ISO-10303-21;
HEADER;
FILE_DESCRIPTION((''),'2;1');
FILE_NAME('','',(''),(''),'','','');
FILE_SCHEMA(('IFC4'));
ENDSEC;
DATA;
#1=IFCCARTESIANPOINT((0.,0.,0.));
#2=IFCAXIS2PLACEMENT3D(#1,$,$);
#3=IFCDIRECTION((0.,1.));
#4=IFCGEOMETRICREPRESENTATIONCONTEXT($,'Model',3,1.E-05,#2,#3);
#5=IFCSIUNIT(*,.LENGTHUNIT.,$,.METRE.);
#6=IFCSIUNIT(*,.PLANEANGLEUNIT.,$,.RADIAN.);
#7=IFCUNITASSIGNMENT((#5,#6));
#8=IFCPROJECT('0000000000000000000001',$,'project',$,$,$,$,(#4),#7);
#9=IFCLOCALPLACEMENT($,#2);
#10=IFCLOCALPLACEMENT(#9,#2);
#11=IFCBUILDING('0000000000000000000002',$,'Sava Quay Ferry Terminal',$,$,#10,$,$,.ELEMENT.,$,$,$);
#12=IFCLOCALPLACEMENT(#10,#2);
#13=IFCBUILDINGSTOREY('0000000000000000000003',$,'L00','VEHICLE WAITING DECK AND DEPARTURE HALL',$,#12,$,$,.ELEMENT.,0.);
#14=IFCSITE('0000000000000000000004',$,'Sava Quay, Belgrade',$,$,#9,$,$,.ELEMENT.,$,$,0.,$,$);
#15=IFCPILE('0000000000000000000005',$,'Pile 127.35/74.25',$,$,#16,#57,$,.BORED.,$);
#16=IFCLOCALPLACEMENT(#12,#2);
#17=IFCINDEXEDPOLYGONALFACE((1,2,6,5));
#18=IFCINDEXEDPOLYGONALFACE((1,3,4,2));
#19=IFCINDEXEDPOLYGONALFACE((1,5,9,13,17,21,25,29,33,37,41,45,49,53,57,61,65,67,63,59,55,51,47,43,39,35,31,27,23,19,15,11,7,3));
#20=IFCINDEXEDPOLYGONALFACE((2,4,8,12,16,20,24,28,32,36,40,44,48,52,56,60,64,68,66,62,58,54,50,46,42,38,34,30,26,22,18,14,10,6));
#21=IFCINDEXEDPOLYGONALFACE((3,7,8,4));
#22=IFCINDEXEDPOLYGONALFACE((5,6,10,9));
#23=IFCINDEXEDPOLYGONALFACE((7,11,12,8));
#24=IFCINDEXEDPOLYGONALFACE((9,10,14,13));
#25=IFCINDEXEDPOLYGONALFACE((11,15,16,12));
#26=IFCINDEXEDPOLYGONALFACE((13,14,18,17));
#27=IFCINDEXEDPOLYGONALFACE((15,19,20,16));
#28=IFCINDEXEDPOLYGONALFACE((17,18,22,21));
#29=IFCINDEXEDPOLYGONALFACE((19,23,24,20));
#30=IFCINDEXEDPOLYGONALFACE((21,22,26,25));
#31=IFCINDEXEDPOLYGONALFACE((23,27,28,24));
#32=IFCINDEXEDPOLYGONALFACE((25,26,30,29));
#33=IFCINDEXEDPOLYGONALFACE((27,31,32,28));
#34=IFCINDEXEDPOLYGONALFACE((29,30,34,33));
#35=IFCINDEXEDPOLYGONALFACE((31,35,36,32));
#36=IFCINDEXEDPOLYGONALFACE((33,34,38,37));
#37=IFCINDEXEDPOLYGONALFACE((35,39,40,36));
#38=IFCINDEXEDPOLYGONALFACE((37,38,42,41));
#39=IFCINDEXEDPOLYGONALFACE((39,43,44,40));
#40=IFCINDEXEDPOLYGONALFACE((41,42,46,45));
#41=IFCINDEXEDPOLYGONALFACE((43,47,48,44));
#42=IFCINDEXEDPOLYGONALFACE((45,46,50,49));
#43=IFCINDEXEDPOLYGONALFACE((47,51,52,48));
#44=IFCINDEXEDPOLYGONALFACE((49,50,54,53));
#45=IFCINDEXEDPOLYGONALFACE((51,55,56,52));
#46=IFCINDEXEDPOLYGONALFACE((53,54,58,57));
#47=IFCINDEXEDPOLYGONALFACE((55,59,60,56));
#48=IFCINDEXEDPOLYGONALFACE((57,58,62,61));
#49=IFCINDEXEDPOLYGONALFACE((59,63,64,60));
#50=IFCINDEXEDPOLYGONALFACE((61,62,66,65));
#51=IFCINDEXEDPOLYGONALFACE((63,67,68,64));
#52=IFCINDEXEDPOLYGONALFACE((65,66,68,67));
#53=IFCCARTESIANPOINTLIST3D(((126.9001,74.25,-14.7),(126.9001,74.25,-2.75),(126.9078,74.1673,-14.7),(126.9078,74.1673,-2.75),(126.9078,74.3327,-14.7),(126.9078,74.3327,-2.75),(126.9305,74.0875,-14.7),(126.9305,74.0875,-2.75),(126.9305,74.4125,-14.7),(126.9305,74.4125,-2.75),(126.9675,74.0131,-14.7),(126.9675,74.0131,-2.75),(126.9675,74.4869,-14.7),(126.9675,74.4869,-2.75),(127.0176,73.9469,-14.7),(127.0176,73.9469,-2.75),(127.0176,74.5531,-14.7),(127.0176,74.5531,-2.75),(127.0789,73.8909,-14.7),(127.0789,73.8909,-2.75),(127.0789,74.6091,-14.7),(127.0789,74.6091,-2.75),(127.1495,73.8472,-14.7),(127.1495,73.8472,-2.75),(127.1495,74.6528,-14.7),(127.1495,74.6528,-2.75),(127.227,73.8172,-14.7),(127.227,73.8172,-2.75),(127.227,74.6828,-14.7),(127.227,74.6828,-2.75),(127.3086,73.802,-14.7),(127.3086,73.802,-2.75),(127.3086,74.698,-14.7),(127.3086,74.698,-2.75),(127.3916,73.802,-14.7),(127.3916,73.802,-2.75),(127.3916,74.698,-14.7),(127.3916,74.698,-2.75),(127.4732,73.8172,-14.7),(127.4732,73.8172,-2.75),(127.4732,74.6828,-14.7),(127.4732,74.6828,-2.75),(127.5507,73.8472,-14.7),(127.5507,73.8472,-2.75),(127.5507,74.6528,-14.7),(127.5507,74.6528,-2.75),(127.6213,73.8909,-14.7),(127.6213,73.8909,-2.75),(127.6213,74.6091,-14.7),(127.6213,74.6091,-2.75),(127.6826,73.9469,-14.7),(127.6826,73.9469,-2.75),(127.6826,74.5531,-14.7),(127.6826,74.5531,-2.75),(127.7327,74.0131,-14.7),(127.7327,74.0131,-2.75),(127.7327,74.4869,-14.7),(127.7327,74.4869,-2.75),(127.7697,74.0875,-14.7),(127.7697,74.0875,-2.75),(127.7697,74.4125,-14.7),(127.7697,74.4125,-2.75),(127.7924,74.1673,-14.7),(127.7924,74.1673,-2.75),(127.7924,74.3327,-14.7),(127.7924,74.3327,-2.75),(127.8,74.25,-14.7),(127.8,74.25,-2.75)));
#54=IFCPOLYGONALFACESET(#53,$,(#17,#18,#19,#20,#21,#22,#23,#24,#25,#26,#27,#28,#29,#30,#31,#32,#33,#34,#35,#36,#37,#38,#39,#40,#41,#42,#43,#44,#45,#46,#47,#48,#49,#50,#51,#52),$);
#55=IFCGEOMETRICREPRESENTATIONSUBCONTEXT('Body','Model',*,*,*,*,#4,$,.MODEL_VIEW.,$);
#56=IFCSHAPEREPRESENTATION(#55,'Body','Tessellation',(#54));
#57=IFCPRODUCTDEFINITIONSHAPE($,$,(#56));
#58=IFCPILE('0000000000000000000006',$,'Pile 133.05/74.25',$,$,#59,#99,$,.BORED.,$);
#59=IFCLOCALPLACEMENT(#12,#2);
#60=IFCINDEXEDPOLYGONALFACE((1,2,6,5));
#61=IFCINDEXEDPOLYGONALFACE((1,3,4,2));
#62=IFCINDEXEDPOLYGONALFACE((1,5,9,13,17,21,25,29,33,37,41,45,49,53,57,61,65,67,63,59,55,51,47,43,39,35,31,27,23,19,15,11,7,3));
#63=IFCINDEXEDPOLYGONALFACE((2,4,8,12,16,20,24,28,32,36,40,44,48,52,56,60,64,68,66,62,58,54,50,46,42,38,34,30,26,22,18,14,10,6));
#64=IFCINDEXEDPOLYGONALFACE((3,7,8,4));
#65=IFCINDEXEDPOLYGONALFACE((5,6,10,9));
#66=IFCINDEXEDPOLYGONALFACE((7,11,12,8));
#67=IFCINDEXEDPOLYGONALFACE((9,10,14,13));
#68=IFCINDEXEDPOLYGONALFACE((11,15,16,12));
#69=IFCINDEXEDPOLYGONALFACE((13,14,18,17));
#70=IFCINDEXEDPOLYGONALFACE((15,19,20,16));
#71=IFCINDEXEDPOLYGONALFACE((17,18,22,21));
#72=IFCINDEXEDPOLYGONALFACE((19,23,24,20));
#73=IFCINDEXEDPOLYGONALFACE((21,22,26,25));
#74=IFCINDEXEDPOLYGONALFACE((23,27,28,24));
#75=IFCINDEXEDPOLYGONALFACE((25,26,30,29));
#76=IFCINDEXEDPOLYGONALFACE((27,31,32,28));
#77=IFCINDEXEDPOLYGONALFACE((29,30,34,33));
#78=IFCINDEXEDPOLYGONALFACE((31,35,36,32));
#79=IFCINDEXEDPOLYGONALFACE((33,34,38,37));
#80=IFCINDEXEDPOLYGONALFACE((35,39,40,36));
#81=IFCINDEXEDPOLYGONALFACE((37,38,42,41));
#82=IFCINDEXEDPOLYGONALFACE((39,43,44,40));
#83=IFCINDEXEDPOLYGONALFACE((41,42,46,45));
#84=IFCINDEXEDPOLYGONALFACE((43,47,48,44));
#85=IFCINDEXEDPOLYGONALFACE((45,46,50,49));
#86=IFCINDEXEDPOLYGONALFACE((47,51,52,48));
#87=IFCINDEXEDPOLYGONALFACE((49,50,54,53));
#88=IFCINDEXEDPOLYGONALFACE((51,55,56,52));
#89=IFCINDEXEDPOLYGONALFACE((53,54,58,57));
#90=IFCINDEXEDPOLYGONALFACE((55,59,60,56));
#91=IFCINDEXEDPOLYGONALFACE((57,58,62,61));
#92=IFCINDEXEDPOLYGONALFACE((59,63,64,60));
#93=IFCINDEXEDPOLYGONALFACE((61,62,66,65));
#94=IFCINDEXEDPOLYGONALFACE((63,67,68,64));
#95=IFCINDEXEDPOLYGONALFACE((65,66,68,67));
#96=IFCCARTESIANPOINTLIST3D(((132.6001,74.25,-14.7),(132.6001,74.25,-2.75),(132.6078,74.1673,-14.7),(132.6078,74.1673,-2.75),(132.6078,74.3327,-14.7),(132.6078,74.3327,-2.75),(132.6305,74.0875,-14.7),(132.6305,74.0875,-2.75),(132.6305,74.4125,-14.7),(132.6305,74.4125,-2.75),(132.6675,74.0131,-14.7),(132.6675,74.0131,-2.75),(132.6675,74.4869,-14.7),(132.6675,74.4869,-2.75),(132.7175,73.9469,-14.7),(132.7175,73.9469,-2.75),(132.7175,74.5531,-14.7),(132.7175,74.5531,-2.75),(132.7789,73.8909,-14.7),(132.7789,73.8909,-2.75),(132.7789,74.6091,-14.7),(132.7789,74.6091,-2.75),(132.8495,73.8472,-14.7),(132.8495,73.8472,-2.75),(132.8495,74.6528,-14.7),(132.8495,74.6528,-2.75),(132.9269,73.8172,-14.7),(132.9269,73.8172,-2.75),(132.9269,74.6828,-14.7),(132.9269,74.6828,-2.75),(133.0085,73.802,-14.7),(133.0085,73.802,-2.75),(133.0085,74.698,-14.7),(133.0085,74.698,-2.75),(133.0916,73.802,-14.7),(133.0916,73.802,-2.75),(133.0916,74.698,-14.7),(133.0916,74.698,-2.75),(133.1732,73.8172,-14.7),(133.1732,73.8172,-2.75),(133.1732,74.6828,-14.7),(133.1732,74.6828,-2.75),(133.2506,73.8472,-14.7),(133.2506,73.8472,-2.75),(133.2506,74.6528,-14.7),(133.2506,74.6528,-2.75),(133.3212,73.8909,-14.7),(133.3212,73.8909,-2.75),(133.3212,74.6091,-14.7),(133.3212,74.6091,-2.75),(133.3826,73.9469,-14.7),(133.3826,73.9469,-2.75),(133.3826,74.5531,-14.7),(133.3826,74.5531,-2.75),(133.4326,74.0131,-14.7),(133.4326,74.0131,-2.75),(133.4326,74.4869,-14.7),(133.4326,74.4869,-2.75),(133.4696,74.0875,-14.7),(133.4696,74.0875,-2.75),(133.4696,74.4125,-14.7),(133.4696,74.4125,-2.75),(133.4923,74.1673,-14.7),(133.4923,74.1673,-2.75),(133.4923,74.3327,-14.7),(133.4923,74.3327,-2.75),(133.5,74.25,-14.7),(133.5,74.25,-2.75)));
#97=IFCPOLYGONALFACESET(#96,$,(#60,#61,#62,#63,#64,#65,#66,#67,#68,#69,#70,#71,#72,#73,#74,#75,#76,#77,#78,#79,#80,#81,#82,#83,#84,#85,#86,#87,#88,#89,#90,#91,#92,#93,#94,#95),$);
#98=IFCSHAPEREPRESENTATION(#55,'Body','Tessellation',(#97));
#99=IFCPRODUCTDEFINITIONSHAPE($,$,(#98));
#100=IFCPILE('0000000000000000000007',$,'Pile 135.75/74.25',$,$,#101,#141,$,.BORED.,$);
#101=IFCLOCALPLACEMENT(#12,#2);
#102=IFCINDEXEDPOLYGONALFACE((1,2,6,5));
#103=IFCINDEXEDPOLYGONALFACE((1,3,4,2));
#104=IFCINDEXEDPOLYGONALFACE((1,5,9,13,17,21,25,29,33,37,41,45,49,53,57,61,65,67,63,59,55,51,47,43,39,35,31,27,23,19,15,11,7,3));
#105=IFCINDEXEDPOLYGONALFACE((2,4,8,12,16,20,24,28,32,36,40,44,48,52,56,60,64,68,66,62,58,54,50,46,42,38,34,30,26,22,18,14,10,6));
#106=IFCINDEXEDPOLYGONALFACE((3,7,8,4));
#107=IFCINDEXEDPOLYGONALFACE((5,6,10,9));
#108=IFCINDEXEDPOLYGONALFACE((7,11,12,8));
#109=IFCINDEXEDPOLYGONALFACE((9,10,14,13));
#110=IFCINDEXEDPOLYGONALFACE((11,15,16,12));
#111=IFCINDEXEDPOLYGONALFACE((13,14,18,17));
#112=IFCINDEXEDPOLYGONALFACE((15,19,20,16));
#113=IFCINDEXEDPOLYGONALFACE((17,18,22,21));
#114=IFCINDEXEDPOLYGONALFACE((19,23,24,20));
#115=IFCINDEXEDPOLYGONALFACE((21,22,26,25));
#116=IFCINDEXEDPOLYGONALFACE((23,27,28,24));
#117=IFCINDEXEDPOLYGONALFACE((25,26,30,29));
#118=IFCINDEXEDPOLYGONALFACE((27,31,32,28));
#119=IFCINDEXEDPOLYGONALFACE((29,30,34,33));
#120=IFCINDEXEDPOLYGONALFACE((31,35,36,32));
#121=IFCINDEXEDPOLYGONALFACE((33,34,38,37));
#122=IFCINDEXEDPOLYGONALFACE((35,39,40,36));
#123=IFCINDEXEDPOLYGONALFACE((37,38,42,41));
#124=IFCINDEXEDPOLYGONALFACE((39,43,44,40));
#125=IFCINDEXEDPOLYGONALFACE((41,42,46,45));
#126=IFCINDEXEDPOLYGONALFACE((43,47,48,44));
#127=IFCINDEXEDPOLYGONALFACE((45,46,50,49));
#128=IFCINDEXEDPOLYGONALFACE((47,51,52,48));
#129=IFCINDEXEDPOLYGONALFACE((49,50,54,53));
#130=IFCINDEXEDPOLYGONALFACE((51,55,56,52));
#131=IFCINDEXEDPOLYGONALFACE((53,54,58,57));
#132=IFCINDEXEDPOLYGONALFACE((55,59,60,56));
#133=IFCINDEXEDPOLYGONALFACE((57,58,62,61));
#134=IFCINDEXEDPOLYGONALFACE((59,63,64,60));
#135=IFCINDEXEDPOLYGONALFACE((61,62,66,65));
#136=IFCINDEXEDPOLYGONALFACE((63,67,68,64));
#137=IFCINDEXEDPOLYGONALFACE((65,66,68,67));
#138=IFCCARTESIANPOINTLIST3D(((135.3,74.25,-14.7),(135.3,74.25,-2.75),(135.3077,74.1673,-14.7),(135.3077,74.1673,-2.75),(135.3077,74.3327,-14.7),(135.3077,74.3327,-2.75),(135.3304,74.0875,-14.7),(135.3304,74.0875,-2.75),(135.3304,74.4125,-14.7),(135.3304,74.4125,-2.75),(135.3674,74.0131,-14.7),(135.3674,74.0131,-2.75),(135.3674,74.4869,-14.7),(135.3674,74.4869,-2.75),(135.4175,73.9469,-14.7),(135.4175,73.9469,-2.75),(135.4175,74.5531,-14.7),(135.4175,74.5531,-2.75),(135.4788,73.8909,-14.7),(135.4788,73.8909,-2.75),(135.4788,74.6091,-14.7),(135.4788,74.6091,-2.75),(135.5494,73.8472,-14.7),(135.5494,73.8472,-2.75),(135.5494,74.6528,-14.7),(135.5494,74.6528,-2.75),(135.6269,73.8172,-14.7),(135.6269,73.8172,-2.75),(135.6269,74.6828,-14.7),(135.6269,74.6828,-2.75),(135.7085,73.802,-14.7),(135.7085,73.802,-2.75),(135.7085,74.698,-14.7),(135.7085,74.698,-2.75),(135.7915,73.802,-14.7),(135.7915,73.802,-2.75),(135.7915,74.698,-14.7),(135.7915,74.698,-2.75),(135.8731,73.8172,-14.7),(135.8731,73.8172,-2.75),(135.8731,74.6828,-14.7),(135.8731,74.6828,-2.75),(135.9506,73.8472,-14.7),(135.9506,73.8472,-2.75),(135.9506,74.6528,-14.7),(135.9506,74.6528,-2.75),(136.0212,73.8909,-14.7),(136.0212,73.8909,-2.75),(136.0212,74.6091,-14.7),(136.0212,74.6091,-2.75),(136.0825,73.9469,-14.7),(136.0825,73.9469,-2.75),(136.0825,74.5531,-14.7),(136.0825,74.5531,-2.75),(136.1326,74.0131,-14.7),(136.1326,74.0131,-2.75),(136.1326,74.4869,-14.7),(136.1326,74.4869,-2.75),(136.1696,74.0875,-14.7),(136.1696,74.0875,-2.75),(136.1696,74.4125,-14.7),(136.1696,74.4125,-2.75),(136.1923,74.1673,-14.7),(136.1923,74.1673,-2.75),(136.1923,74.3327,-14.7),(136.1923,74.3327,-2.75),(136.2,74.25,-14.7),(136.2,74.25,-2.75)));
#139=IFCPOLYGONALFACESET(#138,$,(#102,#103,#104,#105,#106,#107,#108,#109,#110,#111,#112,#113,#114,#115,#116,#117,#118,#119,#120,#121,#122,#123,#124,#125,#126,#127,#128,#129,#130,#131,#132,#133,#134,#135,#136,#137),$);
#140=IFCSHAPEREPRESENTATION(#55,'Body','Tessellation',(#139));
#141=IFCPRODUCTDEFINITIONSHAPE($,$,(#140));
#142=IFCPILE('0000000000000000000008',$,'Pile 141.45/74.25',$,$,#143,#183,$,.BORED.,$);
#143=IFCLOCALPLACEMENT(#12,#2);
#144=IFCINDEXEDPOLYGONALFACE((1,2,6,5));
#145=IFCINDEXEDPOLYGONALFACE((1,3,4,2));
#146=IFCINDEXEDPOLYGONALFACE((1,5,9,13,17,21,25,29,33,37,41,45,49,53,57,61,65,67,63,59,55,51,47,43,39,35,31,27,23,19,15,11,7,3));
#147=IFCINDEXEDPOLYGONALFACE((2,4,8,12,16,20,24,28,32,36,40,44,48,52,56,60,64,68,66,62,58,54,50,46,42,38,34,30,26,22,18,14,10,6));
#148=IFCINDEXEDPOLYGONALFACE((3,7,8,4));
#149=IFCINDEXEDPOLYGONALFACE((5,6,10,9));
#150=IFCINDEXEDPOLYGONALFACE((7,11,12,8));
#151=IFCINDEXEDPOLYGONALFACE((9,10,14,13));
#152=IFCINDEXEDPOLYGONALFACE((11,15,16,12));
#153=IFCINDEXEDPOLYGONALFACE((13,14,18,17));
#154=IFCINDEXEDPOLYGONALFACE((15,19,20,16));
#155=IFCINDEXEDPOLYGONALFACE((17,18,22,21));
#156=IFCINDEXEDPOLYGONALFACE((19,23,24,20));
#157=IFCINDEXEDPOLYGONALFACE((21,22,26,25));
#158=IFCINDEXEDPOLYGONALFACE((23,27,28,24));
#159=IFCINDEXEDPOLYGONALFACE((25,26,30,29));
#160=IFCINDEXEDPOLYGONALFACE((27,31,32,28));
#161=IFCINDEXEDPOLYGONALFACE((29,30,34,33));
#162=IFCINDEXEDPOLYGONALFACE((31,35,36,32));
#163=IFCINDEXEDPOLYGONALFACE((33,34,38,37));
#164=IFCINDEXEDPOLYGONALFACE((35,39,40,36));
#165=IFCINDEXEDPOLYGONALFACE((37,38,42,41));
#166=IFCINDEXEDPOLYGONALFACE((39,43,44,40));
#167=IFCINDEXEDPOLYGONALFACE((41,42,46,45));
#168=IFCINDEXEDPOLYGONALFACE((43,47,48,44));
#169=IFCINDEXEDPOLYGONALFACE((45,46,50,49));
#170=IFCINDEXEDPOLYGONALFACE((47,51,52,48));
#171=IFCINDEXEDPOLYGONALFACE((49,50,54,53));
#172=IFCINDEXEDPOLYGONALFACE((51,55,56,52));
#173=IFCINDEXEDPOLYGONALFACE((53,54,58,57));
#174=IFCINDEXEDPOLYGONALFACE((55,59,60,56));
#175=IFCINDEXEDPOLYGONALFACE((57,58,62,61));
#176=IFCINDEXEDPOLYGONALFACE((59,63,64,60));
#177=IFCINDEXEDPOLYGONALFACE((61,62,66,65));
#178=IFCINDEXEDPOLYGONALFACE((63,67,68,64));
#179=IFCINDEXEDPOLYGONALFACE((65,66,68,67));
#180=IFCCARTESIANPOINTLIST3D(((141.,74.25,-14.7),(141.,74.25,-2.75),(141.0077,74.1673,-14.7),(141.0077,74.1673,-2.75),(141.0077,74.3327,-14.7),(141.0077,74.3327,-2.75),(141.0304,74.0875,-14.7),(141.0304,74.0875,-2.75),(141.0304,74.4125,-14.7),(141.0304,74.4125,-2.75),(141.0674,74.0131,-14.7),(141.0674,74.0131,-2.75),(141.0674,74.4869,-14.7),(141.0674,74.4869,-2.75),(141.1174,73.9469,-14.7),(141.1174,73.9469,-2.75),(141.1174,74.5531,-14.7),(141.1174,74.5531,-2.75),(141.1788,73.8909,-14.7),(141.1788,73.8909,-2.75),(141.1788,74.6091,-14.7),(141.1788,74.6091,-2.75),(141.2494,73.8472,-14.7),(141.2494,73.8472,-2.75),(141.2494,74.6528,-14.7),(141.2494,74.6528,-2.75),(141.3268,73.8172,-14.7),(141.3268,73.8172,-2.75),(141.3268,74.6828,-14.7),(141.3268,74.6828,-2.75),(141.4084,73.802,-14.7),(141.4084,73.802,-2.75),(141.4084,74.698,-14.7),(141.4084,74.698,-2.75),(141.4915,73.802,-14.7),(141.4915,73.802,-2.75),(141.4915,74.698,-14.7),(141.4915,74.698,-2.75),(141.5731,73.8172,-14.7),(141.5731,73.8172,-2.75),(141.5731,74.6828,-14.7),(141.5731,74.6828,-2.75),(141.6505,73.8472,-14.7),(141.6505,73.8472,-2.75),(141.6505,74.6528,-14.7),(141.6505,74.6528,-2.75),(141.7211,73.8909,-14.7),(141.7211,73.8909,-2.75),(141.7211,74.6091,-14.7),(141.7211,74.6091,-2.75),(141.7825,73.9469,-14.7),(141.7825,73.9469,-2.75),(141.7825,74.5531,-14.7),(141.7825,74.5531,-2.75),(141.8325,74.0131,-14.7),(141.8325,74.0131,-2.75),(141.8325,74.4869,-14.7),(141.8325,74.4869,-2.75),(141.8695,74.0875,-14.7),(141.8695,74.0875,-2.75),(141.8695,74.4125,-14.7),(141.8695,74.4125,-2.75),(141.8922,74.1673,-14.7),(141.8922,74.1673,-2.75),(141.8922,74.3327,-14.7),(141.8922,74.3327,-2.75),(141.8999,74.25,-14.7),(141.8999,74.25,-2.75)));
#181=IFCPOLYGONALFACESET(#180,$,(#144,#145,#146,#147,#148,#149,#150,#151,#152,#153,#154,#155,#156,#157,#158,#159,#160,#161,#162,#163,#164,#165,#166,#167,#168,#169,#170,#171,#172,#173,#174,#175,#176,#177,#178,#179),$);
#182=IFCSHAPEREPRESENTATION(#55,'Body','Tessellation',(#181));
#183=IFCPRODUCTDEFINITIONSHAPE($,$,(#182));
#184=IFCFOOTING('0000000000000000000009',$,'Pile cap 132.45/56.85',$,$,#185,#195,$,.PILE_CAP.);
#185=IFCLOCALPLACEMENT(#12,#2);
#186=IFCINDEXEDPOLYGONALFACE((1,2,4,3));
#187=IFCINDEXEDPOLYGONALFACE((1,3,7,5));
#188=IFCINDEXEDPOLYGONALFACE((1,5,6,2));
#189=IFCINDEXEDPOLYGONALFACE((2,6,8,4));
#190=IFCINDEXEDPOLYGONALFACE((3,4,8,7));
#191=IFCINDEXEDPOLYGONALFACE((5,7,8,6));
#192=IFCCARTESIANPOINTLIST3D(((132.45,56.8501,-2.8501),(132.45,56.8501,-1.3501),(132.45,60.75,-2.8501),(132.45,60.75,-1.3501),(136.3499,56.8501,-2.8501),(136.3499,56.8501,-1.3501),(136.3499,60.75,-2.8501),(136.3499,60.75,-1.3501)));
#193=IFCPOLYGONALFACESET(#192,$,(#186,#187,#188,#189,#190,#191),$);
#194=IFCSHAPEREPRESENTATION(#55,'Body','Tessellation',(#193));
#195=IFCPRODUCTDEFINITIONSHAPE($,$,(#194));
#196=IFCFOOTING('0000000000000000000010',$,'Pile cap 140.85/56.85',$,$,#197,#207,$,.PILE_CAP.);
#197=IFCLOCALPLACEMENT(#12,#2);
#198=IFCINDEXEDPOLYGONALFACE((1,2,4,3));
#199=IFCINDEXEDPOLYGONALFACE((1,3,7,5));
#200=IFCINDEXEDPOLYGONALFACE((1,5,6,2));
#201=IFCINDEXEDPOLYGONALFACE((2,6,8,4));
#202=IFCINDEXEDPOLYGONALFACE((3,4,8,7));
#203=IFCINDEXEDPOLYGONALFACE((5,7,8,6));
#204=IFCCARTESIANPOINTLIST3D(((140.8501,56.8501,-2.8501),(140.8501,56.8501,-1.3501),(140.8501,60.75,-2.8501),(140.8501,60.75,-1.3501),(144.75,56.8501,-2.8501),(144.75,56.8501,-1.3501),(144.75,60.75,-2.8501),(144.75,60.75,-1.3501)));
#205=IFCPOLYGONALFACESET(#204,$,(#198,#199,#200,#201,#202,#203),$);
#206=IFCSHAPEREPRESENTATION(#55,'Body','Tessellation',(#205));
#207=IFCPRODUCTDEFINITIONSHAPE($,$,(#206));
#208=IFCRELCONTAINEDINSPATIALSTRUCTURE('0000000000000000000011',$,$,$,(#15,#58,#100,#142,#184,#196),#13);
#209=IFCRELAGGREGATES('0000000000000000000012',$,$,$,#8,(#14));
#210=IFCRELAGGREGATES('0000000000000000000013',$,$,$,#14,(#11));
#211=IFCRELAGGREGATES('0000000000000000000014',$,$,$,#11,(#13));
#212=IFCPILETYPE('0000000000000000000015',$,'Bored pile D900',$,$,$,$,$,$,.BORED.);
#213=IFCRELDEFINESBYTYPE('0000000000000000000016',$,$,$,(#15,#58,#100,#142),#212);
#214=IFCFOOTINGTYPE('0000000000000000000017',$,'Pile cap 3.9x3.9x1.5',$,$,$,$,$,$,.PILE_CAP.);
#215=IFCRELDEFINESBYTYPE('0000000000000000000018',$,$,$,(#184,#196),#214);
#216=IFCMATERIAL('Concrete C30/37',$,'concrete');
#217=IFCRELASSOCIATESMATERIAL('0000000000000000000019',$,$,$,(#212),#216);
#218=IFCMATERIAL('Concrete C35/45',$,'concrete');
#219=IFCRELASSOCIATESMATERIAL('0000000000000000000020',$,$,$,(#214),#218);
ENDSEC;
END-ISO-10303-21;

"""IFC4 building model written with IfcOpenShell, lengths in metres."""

from ifc_helpers import new_model, si_unit, direction, frame, origin, origin_2d, place, context, subcontext, project, spatial, rectangle, circle, extrude, material, material_profile, profile_set, type_object, element, save


model = new_model("IFC4")

# Units and contexts
model_context = context("Model", 3, precision=1e-05, world=origin(), true_north=direction((0.0, 1.0)))
body_context = subcontext(model_context, "Body", "Model", "MODEL_VIEW")
ifc_project = project(units=[si_unit("LENGTHUNIT", "METRE"), si_unit("PLANEANGLEUNIT", "RADIAN")], contexts=[model_context])

# Site, building, storey
site_placement = place(None, origin())
site = spatial("IfcSite", under=ifc_project, at=site_placement, Name="Sava Quay, Belgrade", CompositionType="ELEMENT", RefElevation=0.0)
building_placement = place(site_placement, origin())
building = spatial("IfcBuilding", under=site, at=building_placement, Name="Sava Quay Ferry Terminal", CompositionType="ELEMENT")
storey_placement = place(building_placement, origin())
storey = spatial("IfcBuildingStorey", under=building, at=storey_placement, Name="L00", Description="VEHICLE WAITING DECK AND DEPARTURE HALL", CompositionType="ELEMENT", Elevation=0.0)

# Piles
ifc_material_1 = material(Name="Concrete C30/37", Category="concrete")
ifc_material_profile_1 = material_profile(ifc_material_1, circle(Radius=0.45, at=origin_2d()), Name="Bored pile D900")
ifc_profile_set_1 = profile_set([ifc_material_profile_1], Name="Concrete C30/37")
pile_type = type_object("IfcPileType", Name="Bored pile D900", PredefinedType="BORED", material=ifc_profile_set_1)
for number, where, z_axis, x_axis, name in (
    (1, (127.3501, 74.25, -2.75), (0.0, 0.0, -1.0), (1.0, 0.0, 0.0), "Pile 127.35/74.25"),
    (2, (133.05, 74.25, -2.75), (0.0, 0.0, -1.0), (1.0, 0.0, 0.0), "Pile 133.05/74.25"),
    (3, (135.75, 74.25, -2.75), (0.0, 0.0, -1.0), (1.0, 0.0, 0.0), "Pile 135.75/74.25"),
    (4, (141.45, 74.25, -2.75), (0.0, 0.0, -1.0), (1.0, 0.0, 0.0), "Pile 141.45/74.25"),
):
    element("IfcPile", number, at=place(storey_placement, frame(where, z_axis=z_axis, x_axis=x_axis)), inside=storey, type_object=pile_type, Name=name, PredefinedType="BORED", context=body_context, shape_type="SweptSolid", body=[
        extrude(circle(Radius=0.45, at=origin_2d()), origin(), (0.0, 0.0, 1.0), 11.95),
    ])

# Footings
ifc_material_2 = material(Name="Concrete C35/45", Category="concrete")
footing_type = type_object("IfcFootingType", Name="Pile cap 3.9x3.9x1.5", PredefinedType="PILE_CAP", material=ifc_material_2)
for number, where, z_axis, x_axis, name in (
    (5, (134.3999, 58.8, -2.8501), (0.0, 0.0, 1.0), (1.0, 0.0, 0.0), "Pile cap 132.45/56.85"),
    (6, (142.8, 58.8, -2.8501), (0.0, 0.0, 1.0), (1.0, 0.0, 0.0), "Pile cap 140.85/56.85"),
):
    element("IfcFooting", number, at=place(storey_placement, frame(where, z_axis=z_axis, x_axis=x_axis)), inside=storey, type_object=footing_type, Name=name, PredefinedType="PILE_CAP", context=body_context, shape_type="SweptSolid", body=[
        extrude(rectangle(XDim=3.8999, YDim=3.8999, at=origin_2d()), origin(), (0.0, 0.0, 1.0), 1.5),
    ])

save(model, "model.ifc")
